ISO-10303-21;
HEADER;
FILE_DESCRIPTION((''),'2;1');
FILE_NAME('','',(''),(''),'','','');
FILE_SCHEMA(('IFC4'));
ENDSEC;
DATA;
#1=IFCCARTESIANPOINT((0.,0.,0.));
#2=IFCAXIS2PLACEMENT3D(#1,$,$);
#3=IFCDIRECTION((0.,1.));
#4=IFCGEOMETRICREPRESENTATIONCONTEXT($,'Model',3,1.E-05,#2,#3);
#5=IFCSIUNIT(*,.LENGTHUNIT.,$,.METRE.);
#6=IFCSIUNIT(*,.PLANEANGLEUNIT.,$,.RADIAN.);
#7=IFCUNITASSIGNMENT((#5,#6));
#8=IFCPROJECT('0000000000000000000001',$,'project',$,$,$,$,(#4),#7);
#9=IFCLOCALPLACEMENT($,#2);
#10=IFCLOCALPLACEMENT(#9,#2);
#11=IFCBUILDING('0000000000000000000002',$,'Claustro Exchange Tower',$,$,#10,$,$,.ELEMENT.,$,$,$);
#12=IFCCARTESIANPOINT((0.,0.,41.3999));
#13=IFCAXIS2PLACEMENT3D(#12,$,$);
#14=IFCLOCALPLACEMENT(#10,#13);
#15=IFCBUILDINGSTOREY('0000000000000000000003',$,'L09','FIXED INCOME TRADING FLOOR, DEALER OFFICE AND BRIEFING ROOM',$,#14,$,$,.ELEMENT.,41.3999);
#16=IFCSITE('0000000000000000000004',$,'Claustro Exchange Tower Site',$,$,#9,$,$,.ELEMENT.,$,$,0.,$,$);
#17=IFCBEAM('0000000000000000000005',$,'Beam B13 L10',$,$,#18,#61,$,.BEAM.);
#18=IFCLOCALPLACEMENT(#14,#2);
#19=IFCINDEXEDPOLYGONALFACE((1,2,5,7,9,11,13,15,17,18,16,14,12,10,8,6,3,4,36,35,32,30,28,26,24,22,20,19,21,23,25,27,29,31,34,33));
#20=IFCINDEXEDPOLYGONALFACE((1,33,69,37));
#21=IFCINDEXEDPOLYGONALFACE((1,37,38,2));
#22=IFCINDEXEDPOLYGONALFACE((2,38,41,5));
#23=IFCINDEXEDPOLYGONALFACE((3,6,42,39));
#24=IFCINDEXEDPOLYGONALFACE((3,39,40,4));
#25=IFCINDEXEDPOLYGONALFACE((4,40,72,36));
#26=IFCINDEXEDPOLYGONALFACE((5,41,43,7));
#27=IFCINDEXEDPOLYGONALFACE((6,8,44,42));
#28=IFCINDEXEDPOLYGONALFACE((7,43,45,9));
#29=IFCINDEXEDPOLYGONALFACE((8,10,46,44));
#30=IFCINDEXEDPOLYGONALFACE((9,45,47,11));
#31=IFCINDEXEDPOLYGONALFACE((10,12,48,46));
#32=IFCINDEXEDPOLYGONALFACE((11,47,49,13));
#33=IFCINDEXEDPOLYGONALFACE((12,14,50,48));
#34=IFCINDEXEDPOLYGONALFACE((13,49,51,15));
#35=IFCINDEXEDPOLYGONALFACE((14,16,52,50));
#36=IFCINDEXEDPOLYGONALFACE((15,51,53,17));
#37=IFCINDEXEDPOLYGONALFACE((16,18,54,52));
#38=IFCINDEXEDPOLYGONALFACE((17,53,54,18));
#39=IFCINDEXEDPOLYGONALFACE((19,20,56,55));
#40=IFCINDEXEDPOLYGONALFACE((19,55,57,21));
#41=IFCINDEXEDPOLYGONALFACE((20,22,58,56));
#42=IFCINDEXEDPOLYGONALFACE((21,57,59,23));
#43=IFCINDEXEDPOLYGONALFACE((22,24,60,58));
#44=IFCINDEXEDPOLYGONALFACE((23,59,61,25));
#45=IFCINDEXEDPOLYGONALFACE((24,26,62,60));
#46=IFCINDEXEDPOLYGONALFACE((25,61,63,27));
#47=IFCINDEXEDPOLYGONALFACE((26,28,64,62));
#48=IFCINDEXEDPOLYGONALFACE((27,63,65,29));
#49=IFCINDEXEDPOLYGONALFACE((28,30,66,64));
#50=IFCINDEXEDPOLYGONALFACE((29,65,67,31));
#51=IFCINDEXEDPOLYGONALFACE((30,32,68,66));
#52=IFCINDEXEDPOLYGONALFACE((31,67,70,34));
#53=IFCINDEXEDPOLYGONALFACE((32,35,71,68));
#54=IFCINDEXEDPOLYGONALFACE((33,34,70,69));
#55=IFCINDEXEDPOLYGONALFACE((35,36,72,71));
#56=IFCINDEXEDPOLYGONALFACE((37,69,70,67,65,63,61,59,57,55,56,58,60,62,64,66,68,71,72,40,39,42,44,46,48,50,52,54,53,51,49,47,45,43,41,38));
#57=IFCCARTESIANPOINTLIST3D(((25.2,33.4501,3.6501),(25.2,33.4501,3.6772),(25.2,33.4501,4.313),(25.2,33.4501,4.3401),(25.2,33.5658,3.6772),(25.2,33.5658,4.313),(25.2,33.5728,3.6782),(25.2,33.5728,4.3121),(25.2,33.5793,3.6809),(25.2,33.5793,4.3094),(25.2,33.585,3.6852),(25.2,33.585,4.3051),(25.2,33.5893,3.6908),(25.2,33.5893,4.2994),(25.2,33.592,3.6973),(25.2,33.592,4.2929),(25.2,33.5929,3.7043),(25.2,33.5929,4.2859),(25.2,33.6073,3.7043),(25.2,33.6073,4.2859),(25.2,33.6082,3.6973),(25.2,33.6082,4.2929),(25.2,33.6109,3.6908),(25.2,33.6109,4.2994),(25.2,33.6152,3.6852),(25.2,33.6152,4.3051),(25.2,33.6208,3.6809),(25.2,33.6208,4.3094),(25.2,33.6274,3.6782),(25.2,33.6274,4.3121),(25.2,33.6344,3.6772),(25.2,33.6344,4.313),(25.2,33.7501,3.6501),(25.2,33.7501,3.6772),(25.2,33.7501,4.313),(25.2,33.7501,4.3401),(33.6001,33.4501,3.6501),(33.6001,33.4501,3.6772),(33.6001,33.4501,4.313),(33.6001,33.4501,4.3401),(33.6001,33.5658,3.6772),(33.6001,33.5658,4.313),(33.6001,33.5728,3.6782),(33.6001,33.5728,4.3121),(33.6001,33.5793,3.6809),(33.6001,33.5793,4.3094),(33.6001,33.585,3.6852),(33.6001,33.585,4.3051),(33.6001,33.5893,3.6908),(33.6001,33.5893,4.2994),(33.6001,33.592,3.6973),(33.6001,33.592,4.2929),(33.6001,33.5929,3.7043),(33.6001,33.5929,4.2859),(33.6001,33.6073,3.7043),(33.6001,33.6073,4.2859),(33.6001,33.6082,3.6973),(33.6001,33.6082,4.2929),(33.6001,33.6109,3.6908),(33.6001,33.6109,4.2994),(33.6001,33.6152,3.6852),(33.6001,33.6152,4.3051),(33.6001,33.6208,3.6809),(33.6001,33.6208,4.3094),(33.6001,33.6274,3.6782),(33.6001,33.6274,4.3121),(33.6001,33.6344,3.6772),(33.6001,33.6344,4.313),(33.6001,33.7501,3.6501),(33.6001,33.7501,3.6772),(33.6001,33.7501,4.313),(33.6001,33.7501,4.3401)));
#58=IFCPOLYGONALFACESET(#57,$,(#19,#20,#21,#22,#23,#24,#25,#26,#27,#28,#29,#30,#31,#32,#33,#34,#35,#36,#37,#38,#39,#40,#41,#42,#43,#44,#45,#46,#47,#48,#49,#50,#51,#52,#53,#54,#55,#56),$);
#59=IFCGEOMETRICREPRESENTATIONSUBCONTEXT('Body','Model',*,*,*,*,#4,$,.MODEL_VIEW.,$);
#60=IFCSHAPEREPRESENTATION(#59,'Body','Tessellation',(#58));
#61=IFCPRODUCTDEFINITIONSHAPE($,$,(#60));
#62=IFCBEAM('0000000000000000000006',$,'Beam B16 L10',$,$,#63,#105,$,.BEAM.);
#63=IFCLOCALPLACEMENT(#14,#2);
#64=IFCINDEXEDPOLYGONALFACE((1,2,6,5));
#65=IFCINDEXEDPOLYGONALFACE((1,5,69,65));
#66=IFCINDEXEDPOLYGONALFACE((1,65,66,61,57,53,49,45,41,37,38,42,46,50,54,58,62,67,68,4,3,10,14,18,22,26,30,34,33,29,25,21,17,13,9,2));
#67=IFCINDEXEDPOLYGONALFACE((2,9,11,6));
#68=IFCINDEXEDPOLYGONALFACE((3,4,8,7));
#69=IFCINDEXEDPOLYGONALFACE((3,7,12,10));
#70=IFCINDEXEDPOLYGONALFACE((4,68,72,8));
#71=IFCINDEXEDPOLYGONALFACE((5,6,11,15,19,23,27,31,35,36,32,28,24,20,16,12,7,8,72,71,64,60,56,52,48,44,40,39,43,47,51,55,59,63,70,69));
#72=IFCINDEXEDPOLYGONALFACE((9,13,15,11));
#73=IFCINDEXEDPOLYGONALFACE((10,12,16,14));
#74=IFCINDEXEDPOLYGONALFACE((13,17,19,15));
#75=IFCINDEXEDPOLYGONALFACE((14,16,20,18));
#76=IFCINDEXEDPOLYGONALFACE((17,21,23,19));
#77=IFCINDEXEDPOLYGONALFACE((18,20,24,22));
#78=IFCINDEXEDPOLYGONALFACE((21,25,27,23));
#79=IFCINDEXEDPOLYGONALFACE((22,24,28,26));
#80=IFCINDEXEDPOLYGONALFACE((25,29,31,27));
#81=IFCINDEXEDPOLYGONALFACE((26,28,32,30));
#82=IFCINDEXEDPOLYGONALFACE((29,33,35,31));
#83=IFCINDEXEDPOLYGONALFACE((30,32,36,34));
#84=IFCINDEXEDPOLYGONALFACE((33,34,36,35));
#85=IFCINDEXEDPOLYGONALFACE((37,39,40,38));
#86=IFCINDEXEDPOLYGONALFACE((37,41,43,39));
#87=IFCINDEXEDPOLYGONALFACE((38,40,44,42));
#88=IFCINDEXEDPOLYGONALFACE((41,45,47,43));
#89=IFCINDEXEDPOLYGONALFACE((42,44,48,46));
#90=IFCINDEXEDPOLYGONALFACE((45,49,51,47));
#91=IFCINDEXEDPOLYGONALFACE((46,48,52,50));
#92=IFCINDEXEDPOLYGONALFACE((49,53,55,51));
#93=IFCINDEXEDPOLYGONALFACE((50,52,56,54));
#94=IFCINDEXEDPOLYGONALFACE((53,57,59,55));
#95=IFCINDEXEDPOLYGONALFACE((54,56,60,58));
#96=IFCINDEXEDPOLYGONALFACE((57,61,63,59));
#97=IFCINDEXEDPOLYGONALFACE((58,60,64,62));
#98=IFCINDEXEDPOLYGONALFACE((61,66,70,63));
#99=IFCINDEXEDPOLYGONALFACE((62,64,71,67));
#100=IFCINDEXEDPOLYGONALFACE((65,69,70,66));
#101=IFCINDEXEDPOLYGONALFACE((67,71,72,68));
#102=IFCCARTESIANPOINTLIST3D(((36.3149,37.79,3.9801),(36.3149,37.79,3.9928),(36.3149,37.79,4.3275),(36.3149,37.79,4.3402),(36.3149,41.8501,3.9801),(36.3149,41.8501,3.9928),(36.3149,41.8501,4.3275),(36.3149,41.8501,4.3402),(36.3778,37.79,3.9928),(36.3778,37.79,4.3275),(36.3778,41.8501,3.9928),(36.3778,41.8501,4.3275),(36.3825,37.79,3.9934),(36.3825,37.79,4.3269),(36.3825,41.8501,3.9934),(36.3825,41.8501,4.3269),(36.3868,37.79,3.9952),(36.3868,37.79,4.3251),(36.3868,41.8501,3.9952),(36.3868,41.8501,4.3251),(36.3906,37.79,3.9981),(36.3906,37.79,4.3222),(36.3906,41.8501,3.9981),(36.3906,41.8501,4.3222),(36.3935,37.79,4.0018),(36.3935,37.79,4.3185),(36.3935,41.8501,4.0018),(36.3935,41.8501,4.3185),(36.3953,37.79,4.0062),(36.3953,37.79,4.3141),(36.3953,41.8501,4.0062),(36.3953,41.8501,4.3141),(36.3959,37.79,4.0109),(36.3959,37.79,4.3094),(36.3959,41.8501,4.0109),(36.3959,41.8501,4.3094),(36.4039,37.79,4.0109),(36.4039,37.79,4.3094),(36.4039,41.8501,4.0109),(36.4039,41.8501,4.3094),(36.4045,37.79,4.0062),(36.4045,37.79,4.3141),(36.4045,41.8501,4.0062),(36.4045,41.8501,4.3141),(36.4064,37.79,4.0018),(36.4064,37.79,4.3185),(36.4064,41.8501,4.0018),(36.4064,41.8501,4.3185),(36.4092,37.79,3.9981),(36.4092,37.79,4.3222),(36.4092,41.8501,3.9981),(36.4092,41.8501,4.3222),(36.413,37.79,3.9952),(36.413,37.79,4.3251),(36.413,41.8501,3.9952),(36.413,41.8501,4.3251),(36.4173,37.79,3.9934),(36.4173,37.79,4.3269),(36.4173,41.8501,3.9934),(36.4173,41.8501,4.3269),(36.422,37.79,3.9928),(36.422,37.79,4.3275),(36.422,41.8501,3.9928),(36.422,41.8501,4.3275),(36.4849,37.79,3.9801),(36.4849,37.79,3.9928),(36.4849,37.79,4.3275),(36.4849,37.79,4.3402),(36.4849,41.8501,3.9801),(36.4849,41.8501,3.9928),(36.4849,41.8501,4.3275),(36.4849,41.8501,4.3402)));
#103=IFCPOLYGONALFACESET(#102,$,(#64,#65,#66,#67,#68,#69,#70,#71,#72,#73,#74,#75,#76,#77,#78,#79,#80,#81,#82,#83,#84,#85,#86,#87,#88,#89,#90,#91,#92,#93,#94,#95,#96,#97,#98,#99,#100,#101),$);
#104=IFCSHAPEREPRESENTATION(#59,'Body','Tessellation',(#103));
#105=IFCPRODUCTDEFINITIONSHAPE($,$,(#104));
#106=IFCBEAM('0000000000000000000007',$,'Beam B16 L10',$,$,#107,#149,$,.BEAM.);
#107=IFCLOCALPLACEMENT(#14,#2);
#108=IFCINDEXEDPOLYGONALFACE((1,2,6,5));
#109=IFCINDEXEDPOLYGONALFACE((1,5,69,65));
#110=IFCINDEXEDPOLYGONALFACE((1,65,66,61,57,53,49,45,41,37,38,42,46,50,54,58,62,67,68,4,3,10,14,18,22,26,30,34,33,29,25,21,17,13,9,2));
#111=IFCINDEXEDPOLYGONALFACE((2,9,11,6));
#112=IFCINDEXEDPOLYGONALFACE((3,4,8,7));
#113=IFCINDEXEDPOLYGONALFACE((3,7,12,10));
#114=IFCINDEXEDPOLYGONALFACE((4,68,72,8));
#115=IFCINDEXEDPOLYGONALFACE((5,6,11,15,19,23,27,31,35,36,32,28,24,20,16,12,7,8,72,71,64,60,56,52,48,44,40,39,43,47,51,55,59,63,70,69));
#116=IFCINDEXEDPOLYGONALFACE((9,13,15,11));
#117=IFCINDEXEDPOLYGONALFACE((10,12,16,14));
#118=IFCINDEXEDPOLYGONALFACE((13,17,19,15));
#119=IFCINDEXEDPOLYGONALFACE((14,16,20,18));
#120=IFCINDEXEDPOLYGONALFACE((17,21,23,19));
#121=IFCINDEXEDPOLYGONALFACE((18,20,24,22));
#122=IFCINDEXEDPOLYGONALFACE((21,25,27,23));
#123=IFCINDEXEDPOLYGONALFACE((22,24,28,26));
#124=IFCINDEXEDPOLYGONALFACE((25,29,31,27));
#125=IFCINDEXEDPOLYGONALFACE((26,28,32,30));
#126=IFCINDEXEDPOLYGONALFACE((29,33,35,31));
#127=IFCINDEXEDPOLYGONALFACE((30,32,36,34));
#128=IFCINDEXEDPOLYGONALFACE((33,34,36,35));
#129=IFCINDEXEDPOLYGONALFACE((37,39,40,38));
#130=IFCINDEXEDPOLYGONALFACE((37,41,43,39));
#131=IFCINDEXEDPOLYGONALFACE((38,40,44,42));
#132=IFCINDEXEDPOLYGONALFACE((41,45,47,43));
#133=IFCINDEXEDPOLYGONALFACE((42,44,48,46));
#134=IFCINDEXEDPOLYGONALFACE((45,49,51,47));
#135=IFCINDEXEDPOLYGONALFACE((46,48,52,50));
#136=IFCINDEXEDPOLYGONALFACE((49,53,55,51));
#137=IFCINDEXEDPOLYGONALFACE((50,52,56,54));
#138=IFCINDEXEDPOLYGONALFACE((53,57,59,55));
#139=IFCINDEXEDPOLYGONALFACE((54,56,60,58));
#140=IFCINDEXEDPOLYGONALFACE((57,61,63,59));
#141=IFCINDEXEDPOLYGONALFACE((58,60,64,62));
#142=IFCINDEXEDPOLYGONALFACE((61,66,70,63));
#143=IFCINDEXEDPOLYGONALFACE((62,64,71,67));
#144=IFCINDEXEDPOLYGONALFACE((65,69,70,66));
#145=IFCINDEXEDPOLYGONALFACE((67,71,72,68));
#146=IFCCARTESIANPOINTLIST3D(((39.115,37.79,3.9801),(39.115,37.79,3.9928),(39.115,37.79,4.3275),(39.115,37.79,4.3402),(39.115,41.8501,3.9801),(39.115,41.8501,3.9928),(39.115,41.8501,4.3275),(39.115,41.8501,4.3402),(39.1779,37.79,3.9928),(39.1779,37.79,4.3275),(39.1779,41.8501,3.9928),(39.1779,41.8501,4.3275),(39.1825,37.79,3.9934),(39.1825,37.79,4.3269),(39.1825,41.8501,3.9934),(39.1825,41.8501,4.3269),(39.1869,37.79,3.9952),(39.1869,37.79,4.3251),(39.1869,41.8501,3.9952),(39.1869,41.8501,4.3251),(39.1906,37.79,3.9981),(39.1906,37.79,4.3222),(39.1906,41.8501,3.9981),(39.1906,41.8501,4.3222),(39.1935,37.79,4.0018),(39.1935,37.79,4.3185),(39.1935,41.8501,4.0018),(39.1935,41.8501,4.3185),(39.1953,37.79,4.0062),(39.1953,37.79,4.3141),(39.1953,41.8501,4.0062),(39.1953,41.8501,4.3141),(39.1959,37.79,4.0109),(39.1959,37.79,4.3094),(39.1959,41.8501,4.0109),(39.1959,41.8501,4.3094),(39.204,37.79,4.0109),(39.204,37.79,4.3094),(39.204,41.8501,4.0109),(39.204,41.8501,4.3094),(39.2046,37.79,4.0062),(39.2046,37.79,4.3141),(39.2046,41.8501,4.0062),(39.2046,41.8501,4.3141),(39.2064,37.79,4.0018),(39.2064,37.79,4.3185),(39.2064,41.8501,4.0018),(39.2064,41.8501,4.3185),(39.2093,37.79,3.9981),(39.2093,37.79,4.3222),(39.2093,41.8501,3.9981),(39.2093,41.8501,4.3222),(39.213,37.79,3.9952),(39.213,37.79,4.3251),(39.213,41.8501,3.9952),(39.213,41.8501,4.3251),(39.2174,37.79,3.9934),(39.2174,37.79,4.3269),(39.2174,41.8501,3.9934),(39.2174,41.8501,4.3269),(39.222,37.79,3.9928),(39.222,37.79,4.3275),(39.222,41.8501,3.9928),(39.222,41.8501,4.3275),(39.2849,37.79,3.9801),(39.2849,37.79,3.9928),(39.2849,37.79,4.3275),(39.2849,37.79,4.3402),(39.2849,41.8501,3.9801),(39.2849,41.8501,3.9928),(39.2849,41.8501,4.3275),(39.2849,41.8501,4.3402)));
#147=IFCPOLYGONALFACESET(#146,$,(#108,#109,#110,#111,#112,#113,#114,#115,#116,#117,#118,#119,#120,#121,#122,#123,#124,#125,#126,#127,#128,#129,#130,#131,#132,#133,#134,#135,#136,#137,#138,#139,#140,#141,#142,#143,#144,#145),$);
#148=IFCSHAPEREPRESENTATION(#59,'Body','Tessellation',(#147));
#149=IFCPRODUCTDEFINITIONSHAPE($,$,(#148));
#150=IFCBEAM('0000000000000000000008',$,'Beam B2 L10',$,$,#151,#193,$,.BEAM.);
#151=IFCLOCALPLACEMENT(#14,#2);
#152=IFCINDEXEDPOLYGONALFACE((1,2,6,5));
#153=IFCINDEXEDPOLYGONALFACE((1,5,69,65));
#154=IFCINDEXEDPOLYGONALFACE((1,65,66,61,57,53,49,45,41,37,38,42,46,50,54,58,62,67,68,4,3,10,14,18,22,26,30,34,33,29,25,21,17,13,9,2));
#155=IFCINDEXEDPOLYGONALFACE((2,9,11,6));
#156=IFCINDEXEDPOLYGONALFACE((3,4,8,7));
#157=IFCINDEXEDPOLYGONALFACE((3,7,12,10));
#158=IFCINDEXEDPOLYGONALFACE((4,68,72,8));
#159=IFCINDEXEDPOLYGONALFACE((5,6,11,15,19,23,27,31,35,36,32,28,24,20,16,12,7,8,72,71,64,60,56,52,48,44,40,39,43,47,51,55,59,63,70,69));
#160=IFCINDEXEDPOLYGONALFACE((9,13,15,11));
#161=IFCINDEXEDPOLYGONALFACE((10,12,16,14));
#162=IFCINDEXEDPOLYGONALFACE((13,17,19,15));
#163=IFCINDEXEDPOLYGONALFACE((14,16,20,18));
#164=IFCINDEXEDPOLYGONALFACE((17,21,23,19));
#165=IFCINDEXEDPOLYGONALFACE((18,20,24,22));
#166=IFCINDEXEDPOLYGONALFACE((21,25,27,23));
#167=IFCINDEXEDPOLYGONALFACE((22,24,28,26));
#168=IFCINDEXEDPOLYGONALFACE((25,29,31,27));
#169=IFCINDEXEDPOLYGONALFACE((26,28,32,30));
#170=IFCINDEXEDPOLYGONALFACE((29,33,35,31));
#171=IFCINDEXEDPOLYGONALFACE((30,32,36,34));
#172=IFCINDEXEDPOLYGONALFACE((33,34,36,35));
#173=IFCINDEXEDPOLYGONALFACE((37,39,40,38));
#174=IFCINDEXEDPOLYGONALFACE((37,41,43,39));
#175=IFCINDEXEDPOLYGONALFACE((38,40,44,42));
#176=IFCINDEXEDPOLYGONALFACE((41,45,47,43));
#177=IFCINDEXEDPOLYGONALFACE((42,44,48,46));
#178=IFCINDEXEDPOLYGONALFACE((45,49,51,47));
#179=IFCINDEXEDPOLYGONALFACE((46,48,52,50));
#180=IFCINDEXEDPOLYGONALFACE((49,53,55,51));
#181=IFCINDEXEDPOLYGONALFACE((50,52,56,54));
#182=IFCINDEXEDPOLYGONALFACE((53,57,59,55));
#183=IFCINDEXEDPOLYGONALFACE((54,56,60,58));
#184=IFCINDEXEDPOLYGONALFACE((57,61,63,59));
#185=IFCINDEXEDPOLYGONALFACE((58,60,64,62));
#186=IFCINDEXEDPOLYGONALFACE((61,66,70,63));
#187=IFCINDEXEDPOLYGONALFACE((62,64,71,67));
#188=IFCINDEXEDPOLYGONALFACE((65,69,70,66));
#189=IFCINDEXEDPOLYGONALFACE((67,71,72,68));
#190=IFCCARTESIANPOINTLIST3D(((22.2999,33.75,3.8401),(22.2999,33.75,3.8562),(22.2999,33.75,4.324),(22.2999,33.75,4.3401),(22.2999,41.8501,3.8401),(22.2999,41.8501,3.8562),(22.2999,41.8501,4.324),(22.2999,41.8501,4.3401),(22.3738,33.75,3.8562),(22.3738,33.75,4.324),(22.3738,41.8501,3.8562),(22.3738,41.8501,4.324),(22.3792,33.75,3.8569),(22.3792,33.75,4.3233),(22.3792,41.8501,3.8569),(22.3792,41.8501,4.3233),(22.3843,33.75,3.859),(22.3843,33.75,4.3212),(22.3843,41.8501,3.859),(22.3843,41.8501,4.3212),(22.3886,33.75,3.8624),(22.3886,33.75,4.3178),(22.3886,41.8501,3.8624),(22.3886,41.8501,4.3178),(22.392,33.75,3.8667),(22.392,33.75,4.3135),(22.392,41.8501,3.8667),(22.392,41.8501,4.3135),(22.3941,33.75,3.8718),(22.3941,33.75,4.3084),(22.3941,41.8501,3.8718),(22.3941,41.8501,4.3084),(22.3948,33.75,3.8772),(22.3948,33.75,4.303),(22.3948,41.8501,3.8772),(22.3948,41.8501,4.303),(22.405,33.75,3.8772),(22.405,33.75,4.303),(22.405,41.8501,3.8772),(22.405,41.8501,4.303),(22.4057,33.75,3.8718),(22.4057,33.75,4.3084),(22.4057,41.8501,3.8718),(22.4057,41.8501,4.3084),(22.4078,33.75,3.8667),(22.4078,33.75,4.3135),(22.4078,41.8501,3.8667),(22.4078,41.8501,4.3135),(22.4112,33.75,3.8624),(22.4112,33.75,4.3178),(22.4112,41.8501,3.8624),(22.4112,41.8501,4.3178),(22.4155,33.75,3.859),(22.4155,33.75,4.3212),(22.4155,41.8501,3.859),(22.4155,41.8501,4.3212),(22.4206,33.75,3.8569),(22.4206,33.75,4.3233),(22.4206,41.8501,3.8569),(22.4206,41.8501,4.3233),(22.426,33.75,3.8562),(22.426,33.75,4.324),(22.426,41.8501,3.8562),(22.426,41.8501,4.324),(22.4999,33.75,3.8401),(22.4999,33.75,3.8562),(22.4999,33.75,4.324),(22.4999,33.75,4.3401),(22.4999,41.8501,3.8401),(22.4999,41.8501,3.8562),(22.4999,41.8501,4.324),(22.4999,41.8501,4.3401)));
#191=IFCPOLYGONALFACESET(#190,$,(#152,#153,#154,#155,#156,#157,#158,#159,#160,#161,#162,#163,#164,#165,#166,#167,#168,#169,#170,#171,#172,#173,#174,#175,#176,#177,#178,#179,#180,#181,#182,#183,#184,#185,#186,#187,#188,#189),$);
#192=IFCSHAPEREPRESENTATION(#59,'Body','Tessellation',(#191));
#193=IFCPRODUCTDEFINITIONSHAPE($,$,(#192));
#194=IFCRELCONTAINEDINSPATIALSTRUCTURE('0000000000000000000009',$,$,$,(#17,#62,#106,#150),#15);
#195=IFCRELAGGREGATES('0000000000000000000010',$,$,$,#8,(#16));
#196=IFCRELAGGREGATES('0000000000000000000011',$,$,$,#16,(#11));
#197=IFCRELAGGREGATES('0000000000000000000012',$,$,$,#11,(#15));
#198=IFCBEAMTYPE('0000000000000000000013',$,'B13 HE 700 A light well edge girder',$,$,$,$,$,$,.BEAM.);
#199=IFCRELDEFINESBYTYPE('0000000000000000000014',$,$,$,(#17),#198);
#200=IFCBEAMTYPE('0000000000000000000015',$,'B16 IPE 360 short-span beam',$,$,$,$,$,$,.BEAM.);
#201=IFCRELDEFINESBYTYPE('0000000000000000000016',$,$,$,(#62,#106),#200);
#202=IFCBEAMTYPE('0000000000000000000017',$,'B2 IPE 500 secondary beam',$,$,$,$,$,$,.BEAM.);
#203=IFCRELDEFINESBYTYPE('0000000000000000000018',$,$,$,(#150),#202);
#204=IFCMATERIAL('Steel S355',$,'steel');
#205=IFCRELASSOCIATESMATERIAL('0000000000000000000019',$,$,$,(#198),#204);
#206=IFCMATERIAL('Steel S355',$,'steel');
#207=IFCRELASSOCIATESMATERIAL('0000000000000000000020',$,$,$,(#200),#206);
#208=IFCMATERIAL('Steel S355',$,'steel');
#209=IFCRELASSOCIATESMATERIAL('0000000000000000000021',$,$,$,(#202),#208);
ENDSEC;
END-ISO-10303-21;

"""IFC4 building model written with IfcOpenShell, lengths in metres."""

from ifc_helpers import new_model, si_unit, direction, frame, origin, origin_2d, place, context, subcontext, project, spatial, i_section, extrude, material, material_profile, profile_set, type_object, element, save


model = new_model("IFC4")

# Units and contexts
model_context = context("Model", 3, precision=1e-05, world=origin(), true_north=direction((0.0, 1.0)))
body_context = subcontext(model_context, "Body", "Model", "MODEL_VIEW")
ifc_project = project(units=[si_unit("LENGTHUNIT", "METRE"), si_unit("PLANEANGLEUNIT", "RADIAN")], contexts=[model_context])

# Site, building, storey
site_placement = place(None, origin())
site = spatial("IfcSite", under=ifc_project, at=site_placement, Name="Claustro Exchange Tower Site", CompositionType="ELEMENT", RefElevation=0.0)
building_placement = place(site_placement, origin())
building = spatial("IfcBuilding", under=site, at=building_placement, Name="Claustro Exchange Tower", CompositionType="ELEMENT")
storey_placement = place(building_placement, frame((0.0, 0.0, 41.3999)))
storey = spatial("IfcBuildingStorey", under=building, at=storey_placement, Name="L09", Description="FIXED INCOME TRADING FLOOR, DEALER OFFICE AND BRIEFING ROOM", CompositionType="ELEMENT", Elevation=41.3999)

# Beams
ifc_material_1 = material(Name="Steel S355", Category="steel")
ifc_material_profile_1 = material_profile(ifc_material_1, i_section(OverallWidth=0.3, OverallDepth=0.6899, WebThickness=0.0144, FlangeThickness=0.0271, FilletRadius=0.0271, at=origin_2d()), Name="HE 700 A")
ifc_profile_set_1 = profile_set([ifc_material_profile_1], Name="Steel S355")
beam_type_1 = type_object("IfcBeamType", Name="B13 HE 700 A light well edge girder", PredefinedType="BEAM", material=ifc_profile_set_1)
beam_1_placement = place(storey_placement, frame((25.2, 33.6001, 3.9951), z_axis=(1.0, 0.0, 0.0), x_axis=(0.0, 1.0, 0.0)))
element("IfcBeam", 1, at=beam_1_placement, inside=storey, type_object=beam_type_1, Name="Beam B13 L10", PredefinedType="BEAM", context=body_context, shape_type="SweptSolid", body=[
    extrude(i_section(OverallWidth=0.3, OverallDepth=0.6899, WebThickness=0.0144, FlangeThickness=0.0271, FilletRadius=0.0271, at=origin_2d()), origin(), (0.0, 0.0, 1.0), 8.4001),
])
ifc_material_2 = material(Name="Steel S355", Category="steel")
ifc_material_profile_2 = material_profile(ifc_material_2, i_section(OverallWidth=0.1699, OverallDepth=0.3601, WebThickness=0.0081, FlangeThickness=0.0127, FilletRadius=0.0181, at=origin_2d()), Name="IPE 360")
ifc_profile_set_2 = profile_set([ifc_material_profile_2], Name="Steel S355")
beam_type_2 = type_object("IfcBeamType", Name="B16 IPE 360 short-span beam", PredefinedType="BEAM", material=ifc_profile_set_2)
for number, where, z_axis, x_axis, name in (
    (2, (36.3999, 37.79, 4.1602), (0.0, 1.0, 0.0), (-1.0, 0.0, 0.0), "Beam B16 L10"),
    (3, (39.2, 37.79, 4.1602), (0.0, 1.0, 0.0), (-1.0, 0.0, 0.0), "Beam B16 L10"),
):
    element("IfcBeam", number, at=place(storey_placement, frame(where, z_axis=z_axis, x_axis=x_axis)), inside=storey, type_object=beam_type_2, Name=name, PredefinedType="BEAM", context=body_context, shape_type="SweptSolid", body=[
        extrude(i_section(OverallWidth=0.1699, OverallDepth=0.3601, WebThickness=0.0081, FlangeThickness=0.0127, FilletRadius=0.0181, at=origin_2d()), origin(), (0.0, 0.0, 1.0), 4.0601),
    ])
ifc_material_3 = material(Name="Steel S355", Category="steel")
ifc_material_profile_3 = material_profile(ifc_material_3, i_section(OverallWidth=0.2, OverallDepth=0.5, WebThickness=0.0103, FlangeThickness=0.0161, FilletRadius=0.021, at=origin_2d()), Name="IPE 500")
ifc_profile_set_3 = profile_set([ifc_material_profile_3], Name="Steel S355")
beam_type_3 = type_object("IfcBeamType", Name="B2 IPE 500 secondary beam", PredefinedType="BEAM", material=ifc_profile_set_3)
for number, where, z_axis, x_axis, name in (
    (4, (22.3999, 33.75, 4.0901), (0.0, 1.0, 0.0), (-1.0, 0.0, 0.0), "Beam B2 L10"),
):
    element("IfcBeam", number, at=place(storey_placement, frame(where, z_axis=z_axis, x_axis=x_axis)), inside=storey, type_object=beam_type_3, Name=name, PredefinedType="BEAM", context=body_context, shape_type="SweptSolid", body=[
        extrude(i_section(OverallWidth=0.2, OverallDepth=0.5, WebThickness=0.0103, FlangeThickness=0.0161, FilletRadius=0.021, at=origin_2d()), origin(), (0.0, 0.0, 1.0), 8.1001),
    ])

save(model, "model.ifc")
